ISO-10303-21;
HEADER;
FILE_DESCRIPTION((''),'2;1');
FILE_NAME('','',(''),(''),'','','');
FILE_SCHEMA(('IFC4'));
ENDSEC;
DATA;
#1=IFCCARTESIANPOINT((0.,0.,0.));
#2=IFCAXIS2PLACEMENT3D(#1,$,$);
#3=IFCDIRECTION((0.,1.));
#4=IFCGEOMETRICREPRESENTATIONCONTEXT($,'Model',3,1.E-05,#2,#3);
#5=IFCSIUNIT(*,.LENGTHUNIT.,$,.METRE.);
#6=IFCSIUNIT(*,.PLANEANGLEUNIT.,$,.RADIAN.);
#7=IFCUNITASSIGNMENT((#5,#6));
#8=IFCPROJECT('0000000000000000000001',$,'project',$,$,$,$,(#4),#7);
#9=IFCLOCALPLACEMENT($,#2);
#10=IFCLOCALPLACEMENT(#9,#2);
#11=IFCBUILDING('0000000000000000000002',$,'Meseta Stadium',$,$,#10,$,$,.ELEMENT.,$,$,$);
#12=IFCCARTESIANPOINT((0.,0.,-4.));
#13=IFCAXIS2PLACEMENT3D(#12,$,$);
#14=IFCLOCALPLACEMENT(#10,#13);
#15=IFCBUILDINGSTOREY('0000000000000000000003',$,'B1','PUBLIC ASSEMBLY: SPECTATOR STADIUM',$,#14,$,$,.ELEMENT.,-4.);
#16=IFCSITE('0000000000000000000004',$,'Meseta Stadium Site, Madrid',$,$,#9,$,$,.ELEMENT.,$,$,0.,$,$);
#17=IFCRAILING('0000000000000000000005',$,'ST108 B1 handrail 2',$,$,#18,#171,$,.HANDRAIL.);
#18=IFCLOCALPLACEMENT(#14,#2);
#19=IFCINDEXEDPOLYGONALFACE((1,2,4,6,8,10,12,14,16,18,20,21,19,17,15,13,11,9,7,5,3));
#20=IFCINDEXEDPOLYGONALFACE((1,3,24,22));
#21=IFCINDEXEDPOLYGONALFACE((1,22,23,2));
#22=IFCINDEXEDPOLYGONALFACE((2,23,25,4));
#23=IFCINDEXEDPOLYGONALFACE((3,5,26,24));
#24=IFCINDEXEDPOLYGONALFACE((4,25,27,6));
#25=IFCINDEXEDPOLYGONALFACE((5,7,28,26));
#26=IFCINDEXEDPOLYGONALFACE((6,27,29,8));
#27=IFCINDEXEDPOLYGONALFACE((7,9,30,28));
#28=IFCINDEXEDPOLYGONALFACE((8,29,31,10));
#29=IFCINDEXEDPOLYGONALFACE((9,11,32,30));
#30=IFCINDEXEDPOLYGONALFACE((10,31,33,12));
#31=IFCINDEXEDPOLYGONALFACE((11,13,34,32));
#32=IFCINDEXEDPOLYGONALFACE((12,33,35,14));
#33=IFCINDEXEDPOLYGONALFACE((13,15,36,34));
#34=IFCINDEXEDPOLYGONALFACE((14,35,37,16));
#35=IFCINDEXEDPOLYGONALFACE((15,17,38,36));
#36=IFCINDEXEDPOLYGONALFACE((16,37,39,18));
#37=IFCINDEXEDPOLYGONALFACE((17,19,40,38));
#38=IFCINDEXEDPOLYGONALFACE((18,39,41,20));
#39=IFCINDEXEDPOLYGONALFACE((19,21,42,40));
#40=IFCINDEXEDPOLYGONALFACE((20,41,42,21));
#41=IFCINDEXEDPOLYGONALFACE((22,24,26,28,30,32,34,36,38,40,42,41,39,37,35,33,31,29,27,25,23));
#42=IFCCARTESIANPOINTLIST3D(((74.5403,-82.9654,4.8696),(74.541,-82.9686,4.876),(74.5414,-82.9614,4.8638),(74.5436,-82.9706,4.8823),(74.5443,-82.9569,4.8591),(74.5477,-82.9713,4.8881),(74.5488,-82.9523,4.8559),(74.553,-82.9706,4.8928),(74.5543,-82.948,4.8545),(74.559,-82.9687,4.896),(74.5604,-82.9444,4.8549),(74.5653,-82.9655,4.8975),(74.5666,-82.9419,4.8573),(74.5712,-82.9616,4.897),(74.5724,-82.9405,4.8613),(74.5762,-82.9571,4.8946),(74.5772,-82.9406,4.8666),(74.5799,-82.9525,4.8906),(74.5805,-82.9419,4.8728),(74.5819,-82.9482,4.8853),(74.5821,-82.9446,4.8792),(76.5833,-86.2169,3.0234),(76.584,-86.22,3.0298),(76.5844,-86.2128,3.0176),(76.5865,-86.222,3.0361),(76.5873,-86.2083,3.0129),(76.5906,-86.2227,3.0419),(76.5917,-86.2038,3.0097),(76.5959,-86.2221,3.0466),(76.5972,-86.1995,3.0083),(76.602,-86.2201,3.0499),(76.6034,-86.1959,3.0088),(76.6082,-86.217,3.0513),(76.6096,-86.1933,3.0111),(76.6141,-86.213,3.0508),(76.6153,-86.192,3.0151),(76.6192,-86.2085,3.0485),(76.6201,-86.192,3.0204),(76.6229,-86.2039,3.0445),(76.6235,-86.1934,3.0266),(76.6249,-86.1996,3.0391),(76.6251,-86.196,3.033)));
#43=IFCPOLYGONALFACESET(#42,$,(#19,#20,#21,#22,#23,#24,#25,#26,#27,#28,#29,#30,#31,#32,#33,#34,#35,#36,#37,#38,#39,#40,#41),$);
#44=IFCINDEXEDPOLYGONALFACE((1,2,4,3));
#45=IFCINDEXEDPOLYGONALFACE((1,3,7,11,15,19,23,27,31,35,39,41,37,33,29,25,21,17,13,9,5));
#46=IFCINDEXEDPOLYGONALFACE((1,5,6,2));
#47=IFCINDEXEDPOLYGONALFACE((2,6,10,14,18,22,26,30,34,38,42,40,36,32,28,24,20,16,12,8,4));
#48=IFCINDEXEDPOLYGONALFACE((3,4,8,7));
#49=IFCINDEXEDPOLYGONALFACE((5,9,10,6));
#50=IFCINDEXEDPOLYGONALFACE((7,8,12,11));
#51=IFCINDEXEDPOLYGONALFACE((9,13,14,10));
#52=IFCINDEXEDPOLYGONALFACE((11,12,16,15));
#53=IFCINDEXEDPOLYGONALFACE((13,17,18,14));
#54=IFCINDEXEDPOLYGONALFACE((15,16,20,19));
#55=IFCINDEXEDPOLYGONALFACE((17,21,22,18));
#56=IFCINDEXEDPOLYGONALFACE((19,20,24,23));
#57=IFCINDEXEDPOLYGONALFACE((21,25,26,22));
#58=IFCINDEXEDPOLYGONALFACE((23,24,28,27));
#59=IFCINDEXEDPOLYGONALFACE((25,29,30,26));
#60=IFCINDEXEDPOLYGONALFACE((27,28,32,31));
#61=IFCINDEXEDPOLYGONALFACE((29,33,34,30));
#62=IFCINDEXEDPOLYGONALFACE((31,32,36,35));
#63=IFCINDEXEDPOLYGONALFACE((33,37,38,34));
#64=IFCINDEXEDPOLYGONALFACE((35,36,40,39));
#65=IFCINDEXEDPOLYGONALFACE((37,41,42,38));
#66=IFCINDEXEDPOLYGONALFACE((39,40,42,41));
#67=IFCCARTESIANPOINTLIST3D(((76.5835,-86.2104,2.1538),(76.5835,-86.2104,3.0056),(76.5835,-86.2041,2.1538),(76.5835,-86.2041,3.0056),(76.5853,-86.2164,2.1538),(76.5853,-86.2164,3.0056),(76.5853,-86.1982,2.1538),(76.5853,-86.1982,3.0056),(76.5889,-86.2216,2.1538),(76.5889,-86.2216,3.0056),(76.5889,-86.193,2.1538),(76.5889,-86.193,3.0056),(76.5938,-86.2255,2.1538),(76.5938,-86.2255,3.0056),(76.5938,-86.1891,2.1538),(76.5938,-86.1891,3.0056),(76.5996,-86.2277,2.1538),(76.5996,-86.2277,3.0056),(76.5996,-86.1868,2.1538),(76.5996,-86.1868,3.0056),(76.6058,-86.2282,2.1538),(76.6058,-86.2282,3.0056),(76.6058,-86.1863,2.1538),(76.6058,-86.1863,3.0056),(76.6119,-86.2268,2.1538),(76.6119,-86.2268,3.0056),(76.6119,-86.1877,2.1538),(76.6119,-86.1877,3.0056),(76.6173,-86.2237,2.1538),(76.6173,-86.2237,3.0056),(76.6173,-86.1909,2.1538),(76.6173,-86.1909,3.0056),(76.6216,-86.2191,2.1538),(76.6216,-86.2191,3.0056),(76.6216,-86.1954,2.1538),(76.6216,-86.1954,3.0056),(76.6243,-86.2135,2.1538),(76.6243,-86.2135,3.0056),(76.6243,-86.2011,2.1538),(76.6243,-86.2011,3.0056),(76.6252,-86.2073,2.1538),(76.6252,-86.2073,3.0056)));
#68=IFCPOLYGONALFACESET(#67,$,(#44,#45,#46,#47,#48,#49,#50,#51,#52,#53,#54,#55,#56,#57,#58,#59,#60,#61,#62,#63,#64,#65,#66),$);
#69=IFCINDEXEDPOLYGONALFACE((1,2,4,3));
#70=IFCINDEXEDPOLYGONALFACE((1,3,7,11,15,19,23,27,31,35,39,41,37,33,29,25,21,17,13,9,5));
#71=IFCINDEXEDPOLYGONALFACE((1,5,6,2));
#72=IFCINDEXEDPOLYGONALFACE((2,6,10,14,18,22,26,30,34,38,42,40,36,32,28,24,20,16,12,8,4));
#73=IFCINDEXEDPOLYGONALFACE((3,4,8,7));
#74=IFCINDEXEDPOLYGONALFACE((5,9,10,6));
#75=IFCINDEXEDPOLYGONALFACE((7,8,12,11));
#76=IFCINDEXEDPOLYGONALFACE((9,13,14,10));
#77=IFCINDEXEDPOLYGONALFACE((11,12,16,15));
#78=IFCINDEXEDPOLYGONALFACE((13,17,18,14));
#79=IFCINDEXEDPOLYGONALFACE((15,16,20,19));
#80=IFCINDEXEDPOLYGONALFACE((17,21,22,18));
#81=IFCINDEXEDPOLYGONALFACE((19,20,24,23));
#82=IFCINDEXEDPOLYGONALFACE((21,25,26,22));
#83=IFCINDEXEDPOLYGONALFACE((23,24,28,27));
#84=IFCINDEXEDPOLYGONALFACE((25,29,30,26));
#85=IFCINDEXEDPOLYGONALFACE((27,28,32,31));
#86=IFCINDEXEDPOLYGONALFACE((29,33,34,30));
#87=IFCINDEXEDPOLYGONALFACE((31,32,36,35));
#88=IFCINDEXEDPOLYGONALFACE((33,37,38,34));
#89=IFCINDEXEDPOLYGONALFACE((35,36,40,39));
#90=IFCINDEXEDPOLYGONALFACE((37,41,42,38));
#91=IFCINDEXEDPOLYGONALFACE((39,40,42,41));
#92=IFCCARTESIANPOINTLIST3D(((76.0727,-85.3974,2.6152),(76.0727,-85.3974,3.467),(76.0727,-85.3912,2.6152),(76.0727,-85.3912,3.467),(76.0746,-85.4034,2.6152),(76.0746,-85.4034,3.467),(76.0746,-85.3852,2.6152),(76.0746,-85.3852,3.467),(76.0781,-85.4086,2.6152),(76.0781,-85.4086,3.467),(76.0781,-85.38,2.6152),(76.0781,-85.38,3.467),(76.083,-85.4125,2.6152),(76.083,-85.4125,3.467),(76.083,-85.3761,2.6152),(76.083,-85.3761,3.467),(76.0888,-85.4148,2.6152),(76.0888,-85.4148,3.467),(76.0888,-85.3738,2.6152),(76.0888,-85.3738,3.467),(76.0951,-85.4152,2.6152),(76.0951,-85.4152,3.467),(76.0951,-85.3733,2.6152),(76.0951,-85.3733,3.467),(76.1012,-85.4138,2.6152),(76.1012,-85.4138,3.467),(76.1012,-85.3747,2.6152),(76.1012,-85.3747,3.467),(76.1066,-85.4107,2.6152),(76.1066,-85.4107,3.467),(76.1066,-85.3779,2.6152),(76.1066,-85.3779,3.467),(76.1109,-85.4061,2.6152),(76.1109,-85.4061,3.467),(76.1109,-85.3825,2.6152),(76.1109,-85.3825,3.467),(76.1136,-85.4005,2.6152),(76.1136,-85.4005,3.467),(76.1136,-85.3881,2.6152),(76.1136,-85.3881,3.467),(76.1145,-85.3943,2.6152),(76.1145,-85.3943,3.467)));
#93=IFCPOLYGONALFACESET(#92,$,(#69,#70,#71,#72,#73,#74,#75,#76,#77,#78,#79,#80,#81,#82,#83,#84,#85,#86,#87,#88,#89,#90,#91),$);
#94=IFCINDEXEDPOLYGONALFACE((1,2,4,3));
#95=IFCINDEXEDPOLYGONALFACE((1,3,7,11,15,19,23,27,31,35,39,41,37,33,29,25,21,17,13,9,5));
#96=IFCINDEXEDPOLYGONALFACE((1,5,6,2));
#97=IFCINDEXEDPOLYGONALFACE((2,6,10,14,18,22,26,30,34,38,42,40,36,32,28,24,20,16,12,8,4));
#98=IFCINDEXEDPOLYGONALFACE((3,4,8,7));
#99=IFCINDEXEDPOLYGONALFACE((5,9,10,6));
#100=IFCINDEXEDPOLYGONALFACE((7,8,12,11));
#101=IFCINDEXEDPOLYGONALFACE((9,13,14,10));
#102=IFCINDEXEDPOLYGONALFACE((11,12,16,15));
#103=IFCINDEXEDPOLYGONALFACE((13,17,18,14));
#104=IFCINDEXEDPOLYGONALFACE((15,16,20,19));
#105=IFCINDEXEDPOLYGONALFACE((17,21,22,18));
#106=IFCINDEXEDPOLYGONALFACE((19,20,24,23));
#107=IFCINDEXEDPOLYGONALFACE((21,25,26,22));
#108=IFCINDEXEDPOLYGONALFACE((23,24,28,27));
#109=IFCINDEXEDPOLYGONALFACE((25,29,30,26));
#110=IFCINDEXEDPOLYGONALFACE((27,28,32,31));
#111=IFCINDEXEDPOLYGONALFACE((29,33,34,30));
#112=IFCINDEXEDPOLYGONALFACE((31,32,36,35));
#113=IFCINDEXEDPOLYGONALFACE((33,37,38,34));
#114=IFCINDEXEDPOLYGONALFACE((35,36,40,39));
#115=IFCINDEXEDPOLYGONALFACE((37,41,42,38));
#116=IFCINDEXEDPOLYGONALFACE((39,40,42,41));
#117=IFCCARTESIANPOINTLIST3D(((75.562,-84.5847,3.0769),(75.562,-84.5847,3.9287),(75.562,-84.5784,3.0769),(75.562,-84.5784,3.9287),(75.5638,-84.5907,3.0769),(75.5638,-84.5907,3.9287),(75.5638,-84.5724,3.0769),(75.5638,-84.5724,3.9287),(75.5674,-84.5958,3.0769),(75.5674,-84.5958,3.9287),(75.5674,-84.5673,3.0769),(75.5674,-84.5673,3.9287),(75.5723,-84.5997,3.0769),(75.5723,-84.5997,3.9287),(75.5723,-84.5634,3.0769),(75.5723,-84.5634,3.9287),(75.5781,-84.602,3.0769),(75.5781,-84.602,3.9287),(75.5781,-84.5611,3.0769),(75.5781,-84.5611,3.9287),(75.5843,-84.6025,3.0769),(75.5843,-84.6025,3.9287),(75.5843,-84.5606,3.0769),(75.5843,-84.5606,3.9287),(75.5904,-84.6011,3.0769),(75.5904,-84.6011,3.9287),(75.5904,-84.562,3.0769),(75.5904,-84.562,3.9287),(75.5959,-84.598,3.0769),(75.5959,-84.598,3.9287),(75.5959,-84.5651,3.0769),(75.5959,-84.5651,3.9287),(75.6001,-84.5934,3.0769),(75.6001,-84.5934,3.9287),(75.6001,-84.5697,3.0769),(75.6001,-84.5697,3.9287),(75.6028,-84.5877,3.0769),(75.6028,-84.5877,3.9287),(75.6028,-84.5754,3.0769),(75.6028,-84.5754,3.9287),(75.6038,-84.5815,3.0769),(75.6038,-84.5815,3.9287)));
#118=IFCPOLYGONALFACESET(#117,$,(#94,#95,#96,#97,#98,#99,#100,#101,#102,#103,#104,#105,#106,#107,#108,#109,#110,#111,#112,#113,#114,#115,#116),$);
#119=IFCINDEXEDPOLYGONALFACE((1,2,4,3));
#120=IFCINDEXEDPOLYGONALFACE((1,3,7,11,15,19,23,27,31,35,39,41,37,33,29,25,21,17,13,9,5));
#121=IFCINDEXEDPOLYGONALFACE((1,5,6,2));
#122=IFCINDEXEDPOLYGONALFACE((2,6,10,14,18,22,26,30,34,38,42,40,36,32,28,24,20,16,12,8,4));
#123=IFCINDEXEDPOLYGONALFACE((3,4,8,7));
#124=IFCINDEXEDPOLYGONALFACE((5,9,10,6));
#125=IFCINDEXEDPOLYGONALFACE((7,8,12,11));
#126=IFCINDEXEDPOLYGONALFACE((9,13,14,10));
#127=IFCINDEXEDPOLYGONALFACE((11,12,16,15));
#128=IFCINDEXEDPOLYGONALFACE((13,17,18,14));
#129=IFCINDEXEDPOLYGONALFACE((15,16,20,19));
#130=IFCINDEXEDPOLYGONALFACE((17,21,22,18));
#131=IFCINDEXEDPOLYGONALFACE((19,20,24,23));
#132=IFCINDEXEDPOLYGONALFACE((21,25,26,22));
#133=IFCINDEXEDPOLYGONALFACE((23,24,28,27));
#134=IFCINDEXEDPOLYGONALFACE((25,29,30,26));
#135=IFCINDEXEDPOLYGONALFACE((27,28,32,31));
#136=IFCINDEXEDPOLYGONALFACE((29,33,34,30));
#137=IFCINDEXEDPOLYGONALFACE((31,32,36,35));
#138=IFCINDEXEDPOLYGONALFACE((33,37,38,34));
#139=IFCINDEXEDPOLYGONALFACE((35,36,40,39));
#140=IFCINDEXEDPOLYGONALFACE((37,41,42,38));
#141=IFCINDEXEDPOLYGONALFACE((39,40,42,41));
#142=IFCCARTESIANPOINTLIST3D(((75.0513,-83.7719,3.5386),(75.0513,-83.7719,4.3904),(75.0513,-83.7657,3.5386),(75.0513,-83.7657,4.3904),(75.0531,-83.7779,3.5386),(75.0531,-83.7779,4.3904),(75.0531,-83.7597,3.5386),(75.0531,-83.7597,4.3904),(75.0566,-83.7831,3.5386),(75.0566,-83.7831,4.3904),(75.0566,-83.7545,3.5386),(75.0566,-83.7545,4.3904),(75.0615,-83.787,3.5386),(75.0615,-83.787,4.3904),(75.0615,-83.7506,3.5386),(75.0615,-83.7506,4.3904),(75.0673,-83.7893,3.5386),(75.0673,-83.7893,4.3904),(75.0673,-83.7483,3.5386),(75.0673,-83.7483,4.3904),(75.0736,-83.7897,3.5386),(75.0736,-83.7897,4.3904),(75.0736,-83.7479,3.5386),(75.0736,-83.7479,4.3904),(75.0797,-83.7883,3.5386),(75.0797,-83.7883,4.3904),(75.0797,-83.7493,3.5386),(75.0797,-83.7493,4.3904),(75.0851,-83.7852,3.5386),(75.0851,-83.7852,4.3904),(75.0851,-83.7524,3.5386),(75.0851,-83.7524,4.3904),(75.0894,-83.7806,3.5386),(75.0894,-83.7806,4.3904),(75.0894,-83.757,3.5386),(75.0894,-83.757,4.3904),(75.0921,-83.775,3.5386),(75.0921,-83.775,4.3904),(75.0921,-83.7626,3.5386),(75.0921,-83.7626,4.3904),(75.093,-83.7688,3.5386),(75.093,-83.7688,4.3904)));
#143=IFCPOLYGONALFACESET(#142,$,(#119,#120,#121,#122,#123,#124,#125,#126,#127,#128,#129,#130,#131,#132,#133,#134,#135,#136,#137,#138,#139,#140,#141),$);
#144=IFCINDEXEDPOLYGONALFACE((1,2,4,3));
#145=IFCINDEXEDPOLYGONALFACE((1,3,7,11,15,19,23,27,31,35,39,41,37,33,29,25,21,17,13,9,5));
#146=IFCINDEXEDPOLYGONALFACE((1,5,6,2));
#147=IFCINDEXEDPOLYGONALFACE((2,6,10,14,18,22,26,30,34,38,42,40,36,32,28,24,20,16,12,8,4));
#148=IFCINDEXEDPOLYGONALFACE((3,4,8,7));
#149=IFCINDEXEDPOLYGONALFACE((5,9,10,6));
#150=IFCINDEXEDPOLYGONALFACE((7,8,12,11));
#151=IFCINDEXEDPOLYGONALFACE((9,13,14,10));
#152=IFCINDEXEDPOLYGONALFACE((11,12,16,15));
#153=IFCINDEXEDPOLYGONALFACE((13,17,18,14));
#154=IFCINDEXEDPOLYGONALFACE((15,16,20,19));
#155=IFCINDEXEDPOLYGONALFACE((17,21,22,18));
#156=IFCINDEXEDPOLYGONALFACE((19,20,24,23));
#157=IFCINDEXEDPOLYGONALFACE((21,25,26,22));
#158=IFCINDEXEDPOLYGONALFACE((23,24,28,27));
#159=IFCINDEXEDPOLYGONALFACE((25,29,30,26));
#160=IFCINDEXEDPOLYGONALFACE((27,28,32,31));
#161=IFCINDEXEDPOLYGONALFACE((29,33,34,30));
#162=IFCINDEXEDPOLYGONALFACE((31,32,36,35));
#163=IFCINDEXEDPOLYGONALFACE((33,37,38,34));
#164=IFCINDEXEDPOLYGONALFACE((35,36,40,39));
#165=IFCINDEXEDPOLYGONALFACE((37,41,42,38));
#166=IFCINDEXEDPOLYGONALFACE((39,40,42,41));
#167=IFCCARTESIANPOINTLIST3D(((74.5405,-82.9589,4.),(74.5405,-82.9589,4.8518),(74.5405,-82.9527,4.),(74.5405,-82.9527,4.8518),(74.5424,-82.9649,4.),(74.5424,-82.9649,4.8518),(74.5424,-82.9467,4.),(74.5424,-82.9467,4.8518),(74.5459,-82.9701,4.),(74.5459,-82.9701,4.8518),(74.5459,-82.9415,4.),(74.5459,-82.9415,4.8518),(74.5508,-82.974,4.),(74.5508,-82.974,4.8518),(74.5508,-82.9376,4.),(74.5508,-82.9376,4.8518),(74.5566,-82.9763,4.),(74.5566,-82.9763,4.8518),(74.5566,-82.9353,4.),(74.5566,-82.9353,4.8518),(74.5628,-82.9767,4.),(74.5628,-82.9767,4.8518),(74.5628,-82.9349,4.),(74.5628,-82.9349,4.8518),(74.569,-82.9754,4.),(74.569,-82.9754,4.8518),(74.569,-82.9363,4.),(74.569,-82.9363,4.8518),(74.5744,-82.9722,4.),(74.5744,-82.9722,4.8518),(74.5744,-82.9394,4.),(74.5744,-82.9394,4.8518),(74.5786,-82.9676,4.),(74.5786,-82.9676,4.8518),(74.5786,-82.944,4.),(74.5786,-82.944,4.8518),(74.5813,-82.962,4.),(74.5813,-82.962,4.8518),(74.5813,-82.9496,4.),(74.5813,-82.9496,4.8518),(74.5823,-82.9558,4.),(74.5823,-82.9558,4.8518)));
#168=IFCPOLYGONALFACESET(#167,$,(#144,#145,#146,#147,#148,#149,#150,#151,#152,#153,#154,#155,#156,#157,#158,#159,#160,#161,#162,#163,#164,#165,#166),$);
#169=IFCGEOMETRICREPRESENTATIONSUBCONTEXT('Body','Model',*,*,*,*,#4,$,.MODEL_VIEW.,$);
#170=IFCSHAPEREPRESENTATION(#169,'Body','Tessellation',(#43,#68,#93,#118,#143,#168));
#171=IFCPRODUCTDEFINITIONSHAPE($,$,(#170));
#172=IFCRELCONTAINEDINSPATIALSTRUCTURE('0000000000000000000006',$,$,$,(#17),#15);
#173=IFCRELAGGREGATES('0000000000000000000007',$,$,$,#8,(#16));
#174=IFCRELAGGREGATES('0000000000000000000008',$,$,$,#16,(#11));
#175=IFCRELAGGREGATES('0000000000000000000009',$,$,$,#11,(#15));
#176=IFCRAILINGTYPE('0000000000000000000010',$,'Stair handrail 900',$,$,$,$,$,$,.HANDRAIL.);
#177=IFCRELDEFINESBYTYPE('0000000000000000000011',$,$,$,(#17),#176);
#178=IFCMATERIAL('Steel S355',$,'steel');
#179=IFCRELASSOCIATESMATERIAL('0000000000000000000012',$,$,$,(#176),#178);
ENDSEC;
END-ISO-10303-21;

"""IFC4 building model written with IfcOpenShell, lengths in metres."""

from ifc_helpers import new_model, si_unit, direction, frame, origin, origin_2d, place, context, subcontext, project, spatial, circle, extrude, material, type_object, element, save


model = new_model("IFC4")

# Units and contexts
model_context = context("Model", 3, precision=1e-05, world=origin(), true_north=direction((0.0, 1.0)))
body_context = subcontext(model_context, "Body", "Model", "MODEL_VIEW")
ifc_project = project(units=[si_unit("LENGTHUNIT", "METRE"), si_unit("PLANEANGLEUNIT", "RADIAN")], contexts=[model_context])

# Site, building, storey
site_placement = place(None, origin())
site = spatial("IfcSite", under=ifc_project, at=site_placement, Name="Meseta Stadium Site, Madrid", CompositionType="ELEMENT", RefElevation=0.0)
building_placement = place(site_placement, origin())
building = spatial("IfcBuilding", under=site, at=building_placement, Name="Meseta Stadium", CompositionType="ELEMENT")
storey_placement = place(building_placement, frame((0.0, 0.0, -4.0)))
storey = spatial("IfcBuildingStorey", under=building, at=storey_placement, Name="B1", Description="PUBLIC ASSEMBLY: SPECTATOR STADIUM", CompositionType="ELEMENT", Elevation=-4.0)

# Railing
ifc_material_1 = material(Name="Steel S355", Category="steel")
railing_type_1 = type_object("IfcRailingType", Name="Stair handrail 900", PredefinedType="HANDRAIL", material=ifc_material_1)
railing_1_placement = place(storey_placement, frame((76.6042, -86.2073, 2.1538)))
element("IfcRailing", 1, at=railing_1_placement, inside=storey, type_object=railing_type_1, Name="ST108 B1 handrail 2", PredefinedType="HANDRAIL", context=body_context, shape_type="SweptSolid", body=[
    extrude(circle(Radius=0.0239, at=origin_2d()), frame((0.0, 0.0, 0.876), z_axis=(-0.479483, 0.763117, 0.4333), x_axis=(-0.846731, -0.53202, 0.0)), (0.0, 0.0, 1.0), 4.2607),
    extrude(circle(Radius=0.021, at=origin_2d()), origin(), (0.0, 0.0, 1.0), 0.8518),
    extrude(circle(Radius=0.021, at=origin_2d()), frame((-0.5107, 0.813, 0.4614)), (0.0, 0.0, 1.0), 0.8518),
    extrude(circle(Radius=0.021, at=origin_2d()), frame((-1.0215, 1.6257, 0.9231)), (0.0, 0.0, 1.0), 0.8518),
    extrude(circle(Radius=0.021, at=origin_2d()), frame((-1.5322, 2.4385, 1.3848)), (0.0, 0.0, 1.0), 0.8518),
    extrude(circle(Radius=0.021, at=origin_2d()), frame((-2.043, 3.2515, 1.8462)), (0.0, 0.0, 1.0), 0.8518),
])

save(model, "model.ifc")
